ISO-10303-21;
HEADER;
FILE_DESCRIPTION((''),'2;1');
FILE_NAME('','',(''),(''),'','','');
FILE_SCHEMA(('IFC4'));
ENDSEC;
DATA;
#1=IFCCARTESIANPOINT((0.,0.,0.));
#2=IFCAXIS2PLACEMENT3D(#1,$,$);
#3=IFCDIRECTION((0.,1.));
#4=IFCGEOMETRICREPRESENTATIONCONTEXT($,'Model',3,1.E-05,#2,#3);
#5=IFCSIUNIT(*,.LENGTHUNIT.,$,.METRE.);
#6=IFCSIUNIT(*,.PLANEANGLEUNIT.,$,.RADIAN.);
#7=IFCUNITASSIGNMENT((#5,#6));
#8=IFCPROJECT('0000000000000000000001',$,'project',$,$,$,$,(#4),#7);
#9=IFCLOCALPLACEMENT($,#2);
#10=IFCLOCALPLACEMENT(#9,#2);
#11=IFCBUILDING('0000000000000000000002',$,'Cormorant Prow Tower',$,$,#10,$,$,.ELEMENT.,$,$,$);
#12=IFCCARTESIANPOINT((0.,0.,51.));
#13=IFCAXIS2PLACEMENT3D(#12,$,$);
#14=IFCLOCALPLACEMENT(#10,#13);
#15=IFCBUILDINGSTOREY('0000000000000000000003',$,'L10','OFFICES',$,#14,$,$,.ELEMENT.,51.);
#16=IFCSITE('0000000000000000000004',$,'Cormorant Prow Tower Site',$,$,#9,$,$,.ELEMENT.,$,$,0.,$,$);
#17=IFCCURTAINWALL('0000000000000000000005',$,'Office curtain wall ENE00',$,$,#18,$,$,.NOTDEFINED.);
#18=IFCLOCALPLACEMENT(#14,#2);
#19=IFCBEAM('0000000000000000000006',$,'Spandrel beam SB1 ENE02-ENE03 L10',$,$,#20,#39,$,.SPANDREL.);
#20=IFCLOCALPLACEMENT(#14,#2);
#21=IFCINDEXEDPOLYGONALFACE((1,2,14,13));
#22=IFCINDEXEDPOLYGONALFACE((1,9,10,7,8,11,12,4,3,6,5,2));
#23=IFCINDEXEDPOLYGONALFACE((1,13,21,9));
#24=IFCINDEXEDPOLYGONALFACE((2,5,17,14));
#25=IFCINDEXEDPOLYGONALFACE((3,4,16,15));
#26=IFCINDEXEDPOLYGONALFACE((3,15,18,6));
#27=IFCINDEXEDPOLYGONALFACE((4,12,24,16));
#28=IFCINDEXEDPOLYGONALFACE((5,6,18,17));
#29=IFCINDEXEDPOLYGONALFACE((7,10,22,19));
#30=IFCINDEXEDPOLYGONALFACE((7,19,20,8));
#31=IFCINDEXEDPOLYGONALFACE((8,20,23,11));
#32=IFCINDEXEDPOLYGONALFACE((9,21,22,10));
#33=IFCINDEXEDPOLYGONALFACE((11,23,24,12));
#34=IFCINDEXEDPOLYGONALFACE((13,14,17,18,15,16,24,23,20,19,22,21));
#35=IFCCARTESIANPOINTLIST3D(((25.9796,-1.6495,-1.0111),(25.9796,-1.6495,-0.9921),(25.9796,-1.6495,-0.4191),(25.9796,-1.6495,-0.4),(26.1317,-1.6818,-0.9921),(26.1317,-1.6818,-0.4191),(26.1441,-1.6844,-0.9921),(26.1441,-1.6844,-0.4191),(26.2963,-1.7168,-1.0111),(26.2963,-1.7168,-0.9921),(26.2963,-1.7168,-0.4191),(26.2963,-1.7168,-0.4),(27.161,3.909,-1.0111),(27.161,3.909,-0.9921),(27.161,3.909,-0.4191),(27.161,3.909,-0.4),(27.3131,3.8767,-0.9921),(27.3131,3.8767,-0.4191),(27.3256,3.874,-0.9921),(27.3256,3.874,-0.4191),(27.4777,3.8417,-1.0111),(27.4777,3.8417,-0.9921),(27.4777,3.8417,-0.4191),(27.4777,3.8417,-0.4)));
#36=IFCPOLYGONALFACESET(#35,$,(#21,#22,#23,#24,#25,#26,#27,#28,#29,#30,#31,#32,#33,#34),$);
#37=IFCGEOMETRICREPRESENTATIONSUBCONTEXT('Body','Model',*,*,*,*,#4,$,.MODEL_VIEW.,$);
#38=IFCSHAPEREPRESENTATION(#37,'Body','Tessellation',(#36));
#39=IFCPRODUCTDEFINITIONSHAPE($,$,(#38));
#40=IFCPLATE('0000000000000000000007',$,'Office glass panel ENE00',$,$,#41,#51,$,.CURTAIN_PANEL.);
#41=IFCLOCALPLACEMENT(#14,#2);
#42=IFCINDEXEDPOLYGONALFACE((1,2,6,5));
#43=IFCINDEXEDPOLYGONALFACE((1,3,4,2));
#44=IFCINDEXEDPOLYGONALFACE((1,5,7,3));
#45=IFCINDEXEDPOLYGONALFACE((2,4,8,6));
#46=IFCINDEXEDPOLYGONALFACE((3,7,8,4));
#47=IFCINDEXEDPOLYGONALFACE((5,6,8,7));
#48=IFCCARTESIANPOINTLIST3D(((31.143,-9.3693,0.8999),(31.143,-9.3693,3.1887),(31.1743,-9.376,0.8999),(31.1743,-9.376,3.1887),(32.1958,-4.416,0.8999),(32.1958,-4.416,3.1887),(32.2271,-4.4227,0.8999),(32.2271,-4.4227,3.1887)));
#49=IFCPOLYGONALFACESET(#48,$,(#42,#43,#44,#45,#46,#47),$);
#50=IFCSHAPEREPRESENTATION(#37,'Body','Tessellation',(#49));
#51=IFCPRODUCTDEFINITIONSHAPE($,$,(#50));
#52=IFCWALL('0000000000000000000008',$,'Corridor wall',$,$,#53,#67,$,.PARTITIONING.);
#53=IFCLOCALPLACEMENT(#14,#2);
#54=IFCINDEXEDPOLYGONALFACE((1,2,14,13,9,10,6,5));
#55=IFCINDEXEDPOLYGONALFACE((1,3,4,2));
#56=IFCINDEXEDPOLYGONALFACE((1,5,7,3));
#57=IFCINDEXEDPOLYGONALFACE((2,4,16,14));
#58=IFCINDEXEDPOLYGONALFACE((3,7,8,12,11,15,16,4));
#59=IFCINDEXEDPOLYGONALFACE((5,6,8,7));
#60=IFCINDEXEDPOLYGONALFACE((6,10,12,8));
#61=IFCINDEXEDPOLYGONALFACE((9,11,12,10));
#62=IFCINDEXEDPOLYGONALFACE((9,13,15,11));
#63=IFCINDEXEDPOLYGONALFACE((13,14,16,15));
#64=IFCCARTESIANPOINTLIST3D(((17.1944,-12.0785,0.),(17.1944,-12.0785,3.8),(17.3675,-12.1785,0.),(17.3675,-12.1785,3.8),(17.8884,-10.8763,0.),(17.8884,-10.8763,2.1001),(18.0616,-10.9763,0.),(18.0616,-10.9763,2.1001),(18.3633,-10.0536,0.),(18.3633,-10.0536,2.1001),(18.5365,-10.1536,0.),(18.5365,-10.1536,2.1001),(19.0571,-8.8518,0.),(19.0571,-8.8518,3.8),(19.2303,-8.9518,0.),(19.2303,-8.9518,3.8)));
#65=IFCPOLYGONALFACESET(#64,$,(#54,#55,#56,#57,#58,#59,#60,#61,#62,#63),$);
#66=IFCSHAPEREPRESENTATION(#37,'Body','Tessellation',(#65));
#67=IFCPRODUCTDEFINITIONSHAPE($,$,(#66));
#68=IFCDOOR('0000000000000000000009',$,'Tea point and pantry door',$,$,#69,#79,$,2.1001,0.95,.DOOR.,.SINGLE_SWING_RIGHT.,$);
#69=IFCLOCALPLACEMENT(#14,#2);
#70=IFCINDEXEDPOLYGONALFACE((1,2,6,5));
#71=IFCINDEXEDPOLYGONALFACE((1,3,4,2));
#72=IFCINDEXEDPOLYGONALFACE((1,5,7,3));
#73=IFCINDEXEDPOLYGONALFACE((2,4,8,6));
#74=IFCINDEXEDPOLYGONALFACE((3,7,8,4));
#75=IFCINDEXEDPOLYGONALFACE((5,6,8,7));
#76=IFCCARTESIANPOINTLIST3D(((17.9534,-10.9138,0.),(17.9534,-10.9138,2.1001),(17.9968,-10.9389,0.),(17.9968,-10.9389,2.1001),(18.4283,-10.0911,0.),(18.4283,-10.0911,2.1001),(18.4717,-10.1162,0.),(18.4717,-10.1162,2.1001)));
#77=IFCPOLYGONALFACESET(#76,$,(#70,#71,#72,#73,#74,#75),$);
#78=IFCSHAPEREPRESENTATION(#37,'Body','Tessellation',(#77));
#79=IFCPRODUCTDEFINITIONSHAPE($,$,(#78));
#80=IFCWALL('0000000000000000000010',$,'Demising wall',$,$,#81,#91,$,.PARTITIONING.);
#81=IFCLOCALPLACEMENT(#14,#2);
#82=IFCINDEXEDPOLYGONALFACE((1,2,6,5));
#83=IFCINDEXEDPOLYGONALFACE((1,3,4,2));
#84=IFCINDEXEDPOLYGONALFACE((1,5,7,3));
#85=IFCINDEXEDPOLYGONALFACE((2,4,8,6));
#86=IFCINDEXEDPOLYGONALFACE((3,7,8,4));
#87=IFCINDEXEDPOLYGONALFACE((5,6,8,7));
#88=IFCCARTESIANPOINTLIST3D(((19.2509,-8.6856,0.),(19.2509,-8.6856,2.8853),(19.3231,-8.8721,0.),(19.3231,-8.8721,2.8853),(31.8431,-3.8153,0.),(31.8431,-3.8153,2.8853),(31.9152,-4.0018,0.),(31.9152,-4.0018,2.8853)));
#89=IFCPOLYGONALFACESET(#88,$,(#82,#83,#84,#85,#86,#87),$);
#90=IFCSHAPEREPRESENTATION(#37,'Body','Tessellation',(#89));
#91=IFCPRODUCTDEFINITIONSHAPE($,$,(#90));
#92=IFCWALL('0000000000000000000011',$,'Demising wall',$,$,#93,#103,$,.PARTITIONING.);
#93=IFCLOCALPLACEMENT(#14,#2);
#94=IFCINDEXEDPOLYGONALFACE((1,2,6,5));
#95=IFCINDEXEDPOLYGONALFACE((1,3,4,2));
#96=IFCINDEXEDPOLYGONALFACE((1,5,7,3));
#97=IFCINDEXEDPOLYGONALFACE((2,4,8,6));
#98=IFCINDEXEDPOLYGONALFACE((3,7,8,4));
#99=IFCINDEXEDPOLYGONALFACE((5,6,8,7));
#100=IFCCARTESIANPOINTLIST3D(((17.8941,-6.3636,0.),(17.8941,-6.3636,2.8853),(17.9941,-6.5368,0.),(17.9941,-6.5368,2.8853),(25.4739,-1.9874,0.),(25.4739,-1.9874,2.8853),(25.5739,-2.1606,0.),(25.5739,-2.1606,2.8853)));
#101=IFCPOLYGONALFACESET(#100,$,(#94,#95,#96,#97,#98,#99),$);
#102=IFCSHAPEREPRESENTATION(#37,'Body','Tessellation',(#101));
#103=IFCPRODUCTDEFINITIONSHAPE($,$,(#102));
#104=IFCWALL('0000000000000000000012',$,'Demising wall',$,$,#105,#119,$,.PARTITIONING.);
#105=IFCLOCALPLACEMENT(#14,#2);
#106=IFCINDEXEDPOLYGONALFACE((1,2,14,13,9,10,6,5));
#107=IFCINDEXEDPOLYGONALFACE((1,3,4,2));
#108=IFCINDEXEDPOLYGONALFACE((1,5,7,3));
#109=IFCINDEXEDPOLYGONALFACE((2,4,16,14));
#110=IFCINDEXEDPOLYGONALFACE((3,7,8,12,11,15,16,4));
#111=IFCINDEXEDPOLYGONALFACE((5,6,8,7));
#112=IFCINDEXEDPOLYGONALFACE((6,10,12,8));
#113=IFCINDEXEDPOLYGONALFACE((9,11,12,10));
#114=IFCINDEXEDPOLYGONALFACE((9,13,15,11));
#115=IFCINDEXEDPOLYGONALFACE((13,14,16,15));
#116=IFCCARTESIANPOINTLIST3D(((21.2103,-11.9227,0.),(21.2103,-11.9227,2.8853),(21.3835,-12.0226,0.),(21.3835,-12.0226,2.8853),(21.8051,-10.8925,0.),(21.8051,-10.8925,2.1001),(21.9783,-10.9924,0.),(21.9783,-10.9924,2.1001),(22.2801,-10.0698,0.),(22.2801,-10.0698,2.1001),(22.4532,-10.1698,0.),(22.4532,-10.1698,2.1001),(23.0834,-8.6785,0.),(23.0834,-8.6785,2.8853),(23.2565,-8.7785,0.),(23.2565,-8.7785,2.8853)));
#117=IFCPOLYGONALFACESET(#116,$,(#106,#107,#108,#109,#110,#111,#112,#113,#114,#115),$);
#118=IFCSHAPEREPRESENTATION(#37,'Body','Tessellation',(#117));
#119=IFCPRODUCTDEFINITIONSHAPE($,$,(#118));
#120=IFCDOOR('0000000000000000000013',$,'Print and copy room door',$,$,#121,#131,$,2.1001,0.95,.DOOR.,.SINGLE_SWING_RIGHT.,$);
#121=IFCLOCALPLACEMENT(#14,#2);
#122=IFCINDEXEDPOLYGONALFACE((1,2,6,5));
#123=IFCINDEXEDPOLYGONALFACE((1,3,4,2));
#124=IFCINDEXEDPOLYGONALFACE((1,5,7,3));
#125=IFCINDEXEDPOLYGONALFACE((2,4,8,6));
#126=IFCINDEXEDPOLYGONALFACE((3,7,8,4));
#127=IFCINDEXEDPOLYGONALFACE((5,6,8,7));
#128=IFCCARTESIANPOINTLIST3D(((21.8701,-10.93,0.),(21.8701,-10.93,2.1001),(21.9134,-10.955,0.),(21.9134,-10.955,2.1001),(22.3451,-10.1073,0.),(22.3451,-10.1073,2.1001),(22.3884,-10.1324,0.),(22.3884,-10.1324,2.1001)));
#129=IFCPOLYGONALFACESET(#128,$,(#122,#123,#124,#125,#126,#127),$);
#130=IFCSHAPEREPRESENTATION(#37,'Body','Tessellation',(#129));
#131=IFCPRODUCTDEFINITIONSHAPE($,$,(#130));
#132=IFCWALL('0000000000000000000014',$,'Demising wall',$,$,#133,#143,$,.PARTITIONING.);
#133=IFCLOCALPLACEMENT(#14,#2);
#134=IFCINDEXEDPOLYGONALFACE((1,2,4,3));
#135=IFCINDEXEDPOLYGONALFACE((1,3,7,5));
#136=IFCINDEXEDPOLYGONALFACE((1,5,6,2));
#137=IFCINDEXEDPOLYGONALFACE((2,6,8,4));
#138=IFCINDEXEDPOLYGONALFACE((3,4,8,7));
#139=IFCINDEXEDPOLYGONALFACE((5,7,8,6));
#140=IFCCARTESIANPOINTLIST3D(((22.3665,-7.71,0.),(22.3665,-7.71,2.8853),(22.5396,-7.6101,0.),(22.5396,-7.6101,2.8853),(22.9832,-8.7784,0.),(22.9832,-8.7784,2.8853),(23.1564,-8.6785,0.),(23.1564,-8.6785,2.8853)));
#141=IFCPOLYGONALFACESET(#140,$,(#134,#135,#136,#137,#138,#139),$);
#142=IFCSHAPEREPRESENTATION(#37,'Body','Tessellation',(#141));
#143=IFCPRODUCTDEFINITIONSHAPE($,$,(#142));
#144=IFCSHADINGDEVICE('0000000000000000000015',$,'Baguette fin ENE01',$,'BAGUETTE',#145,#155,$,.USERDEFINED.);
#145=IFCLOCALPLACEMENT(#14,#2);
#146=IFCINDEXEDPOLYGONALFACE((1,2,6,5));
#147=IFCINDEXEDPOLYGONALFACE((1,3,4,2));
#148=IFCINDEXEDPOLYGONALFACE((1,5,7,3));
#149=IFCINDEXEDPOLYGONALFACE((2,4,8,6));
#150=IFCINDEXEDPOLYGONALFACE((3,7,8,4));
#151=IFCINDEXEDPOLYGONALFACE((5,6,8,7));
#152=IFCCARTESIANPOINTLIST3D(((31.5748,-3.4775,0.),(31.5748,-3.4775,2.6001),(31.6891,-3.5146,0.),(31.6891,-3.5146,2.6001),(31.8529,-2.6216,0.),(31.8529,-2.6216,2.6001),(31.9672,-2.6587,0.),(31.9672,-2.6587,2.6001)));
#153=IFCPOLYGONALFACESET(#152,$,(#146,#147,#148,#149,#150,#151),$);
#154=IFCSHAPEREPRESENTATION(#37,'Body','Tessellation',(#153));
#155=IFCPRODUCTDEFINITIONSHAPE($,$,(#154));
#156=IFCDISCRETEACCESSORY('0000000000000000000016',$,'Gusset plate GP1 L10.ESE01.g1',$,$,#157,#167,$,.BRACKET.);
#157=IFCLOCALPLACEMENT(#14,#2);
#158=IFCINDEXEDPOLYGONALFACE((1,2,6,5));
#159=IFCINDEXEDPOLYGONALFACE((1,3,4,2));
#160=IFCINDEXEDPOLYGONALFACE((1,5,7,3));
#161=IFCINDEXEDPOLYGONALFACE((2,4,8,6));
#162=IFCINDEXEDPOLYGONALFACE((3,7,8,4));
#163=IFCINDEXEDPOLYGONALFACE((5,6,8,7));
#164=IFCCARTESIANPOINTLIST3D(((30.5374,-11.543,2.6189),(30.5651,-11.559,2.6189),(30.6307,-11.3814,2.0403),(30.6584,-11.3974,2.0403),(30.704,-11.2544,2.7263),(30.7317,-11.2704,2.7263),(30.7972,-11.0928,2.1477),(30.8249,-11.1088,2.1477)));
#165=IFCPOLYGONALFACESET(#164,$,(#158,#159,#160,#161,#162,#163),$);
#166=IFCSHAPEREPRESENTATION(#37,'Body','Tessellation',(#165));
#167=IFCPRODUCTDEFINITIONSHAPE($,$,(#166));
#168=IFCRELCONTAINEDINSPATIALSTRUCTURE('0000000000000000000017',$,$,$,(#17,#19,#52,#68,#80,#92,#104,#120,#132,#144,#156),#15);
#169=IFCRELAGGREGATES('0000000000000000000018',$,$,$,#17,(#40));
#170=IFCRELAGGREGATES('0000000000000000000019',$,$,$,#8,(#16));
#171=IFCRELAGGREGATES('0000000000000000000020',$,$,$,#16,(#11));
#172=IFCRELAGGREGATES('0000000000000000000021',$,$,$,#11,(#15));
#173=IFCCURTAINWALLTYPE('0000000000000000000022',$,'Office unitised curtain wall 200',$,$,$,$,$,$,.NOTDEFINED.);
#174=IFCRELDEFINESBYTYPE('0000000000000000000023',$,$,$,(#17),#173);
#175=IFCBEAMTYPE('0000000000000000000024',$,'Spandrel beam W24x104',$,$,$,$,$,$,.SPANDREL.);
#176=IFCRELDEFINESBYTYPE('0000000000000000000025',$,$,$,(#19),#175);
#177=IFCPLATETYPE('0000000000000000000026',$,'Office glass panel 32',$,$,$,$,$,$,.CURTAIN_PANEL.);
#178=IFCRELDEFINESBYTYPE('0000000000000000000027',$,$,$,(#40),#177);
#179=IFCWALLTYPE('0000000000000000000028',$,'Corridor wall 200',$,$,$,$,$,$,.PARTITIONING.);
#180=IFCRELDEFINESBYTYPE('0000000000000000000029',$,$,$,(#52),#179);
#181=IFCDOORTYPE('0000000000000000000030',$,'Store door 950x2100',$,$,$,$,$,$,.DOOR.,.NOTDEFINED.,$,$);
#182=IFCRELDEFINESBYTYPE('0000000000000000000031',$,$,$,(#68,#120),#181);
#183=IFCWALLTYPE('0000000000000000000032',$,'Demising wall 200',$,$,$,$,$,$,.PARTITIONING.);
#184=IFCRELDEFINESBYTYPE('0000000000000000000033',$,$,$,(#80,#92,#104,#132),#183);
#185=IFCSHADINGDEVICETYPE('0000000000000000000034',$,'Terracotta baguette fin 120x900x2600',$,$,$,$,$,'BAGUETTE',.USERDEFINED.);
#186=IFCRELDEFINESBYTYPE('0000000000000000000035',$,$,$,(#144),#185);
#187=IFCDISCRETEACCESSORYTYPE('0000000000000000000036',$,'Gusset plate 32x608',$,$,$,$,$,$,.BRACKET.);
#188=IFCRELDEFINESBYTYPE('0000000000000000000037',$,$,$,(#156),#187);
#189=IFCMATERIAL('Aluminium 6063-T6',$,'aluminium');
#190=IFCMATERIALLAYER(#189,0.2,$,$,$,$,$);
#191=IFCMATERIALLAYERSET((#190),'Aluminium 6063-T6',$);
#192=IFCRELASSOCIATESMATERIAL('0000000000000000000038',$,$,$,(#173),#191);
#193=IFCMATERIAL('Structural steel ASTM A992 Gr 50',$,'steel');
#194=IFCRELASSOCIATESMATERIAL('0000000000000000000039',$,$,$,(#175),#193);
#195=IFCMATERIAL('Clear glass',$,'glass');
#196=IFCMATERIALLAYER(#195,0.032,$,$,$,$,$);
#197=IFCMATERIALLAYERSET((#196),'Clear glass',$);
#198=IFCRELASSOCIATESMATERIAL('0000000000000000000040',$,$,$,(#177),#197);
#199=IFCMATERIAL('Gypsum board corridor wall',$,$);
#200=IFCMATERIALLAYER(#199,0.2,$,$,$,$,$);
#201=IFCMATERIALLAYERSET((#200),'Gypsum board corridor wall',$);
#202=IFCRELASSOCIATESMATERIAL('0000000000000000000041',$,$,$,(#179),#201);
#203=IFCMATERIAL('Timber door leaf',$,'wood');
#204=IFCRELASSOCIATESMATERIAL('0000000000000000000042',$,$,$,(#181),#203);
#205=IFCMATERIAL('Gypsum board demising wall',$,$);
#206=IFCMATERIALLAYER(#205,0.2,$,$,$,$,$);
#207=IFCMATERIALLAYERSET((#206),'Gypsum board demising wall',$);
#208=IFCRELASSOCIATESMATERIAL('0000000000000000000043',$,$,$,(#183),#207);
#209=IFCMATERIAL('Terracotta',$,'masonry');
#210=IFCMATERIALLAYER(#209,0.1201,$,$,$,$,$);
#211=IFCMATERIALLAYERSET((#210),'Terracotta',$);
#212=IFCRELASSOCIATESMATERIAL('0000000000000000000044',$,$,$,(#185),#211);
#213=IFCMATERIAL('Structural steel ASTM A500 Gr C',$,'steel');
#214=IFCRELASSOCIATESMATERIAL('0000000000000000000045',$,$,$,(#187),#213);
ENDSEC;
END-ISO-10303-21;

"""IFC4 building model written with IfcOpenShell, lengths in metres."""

from ifc_helpers import new_model, si_unit, direction, frame, frame_2d, origin, origin_2d, place, context, subcontext, project, spatial, rectangle, i_section, extrude, material, layer, layer_set, material_profile, profile_set, type_object, element, fill, aggregate, save


model = new_model("IFC4")

# Units and contexts
model_context = context("Model", 3, precision=1e-05, world=origin(), true_north=direction((0.0, 1.0)))
body_context = subcontext(model_context, "Body", "Model", "MODEL_VIEW")
ifc_project = project(units=[si_unit("LENGTHUNIT", "METRE"), si_unit("PLANEANGLEUNIT", "RADIAN")], contexts=[model_context])

# Site, building, storey
site_placement = place(None, origin())
site = spatial("IfcSite", under=ifc_project, at=site_placement, Name="Cormorant Prow Tower Site", CompositionType="ELEMENT", RefElevation=0.0)
building_placement = place(site_placement, origin())
building = spatial("IfcBuilding", under=site, at=building_placement, Name="Cormorant Prow Tower", CompositionType="ELEMENT")
storey_placement = place(building_placement, frame((0.0, 0.0, 51.0)))
storey = spatial("IfcBuildingStorey", under=building, at=storey_placement, Name="L10", Description="OFFICES", CompositionType="ELEMENT", Elevation=51.0)

# Curtain wall
ifc_material_1 = material(Name="Aluminium 6063-T6", Category="aluminium")
ifc_layer_1 = layer(ifc_material_1, 0.2)
ifc_layer_set_1 = layer_set([ifc_layer_1], Name="Aluminium 6063-T6")
curtain_wall_type = type_object("IfcCurtainWallType", Name="Office unitised curtain wall 200", PredefinedType="NOTDEFINED", material=ifc_layer_set_1)
curtain_wall_1_placement = place(storey_placement, origin())
curtain_wall_1 = element("IfcCurtainWall", 1, at=curtain_wall_1_placement, inside=storey, type_object=curtain_wall_type, Name="Office curtain wall ENE00", PredefinedType="NOTDEFINED")

# Beam
ifc_material_2 = material(Name="Structural steel ASTM A992 Gr 50", Category="steel")
ifc_material_profile_1 = material_profile(ifc_material_2, i_section(OverallWidth=0.3237, OverallDepth=0.6111, WebThickness=0.0127, FlangeThickness=0.019, at=origin_2d()), Name="W24x104")
ifc_profile_set_1 = profile_set([ifc_material_profile_1], Name="Structural steel ASTM A992 Gr 50")
beam_type = type_object("IfcBeamType", Name="Spandrel beam W24x104", PredefinedType="SPANDREL", material=ifc_profile_set_1)
beam_1_placement = place(storey_placement, frame((26.1379, -1.6831, -0.7056), z_axis=(0.2079, 0.97815, 0.0), x_axis=(-0.97815, 0.2079, 0.0)))
element("IfcBeam", 2, at=beam_1_placement, inside=storey, type_object=beam_type, Name="Spandrel beam SB1 ENE02-ENE03 L10", PredefinedType="SPANDREL", context=body_context, shape_type="SweptSolid", body=[
    extrude(i_section(OverallWidth=0.3237, OverallDepth=0.6111, WebThickness=0.0127, FlangeThickness=0.019, at=origin_2d()), origin(), (0.0, 0.0, 1.0), 5.6826),
])

# Plate
ifc_material_3 = material(Name="Clear glass", Category="glass")
ifc_layer_2 = layer(ifc_material_3, 0.032)
ifc_layer_set_2 = layer_set([ifc_layer_2], Name="Clear glass")
plate_type = type_object("IfcPlateType", Name="Office glass panel 32", PredefinedType="CURTAIN_PANEL", material=ifc_layer_set_2)
plate_placement = place(storey_placement, frame((31.6851, -6.896, 0.8999), z_axis=(0.0, 0.0, 1.0), x_axis=(0.207912, 0.978148, 0.0)))
plate = element("IfcPlate", 3, at=plate_placement, type_object=plate_type, Name="Office glass panel ENE00", PredefinedType="CURTAIN_PANEL", context=body_context, shape_type="SweptSolid", body=[
    extrude(rectangle(XDim=5.064, YDim=0.032, at=origin_2d()), origin(), (0.0, 0.0, 1.0), 2.2888),
])
aggregate(curtain_wall_1, [plate])

# Wall, opening, door
ifc_material_4 = material(Name="Gypsum board corridor wall")
ifc_layer_3 = layer(ifc_material_4, 0.2)
ifc_layer_set_3 = layer_set([ifc_layer_3], Name="Gypsum board corridor wall")
wall_type_1 = type_object("IfcWallType", Name="Corridor wall 200", PredefinedType="PARTITIONING", material=ifc_layer_set_3)
wall_1_placement = place(storey_placement, frame((17.281, -12.1284, 0.0), z_axis=(0.0, 0.0, 1.0), x_axis=(0.499959, 0.866049, 0.0)))
wall_1 = element("IfcWall", 4, at=wall_1_placement, inside=storey, type_object=wall_type_1, Name="Corridor wall", PredefinedType="PARTITIONING", context=body_context, shape_type="SweptSolid", body=[
    extrude(rectangle(XDim=3.7258, YDim=0.2, at=frame_2d((1.8628, 0.0))), origin(), (0.0, 0.0, 1.0), 3.8),
])
opening_1_placement = place(wall_1_placement, frame((1.3879, 0.0, 0.0)))
opening_1 = element("IfcOpeningElement", 5, at=opening_1_placement, cuts=wall_1, PredefinedType="OPENING", context=body_context, shape_type="SweptSolid", body=[
    extrude(rectangle(XDim=0.95, YDim=2.1001, at=frame_2d((0.4751, 1.05))), frame((0.0, 0.1099, 0.0), z_axis=(0.0, -1.0, 0.0), x_axis=(1.0, 0.0, 0.0)), (0.0, 0.0, 1.0), 0.22),
])
ifc_material_5 = material(Name="Timber door leaf", Category="wood")
door_type_1 = type_object("IfcDoorType", Name="Store door 950x2100", OperationType="NOTDEFINED", PredefinedType="DOOR", material=ifc_material_5)
door_1_placement = place(opening_1_placement, origin())
door_1 = element("IfcDoor", 6, at=door_1_placement, inside=storey, type_object=door_type_1, Name="Tea point and pantry door", OperationType="SINGLE_SWING_RIGHT", OverallHeight=2.1001, OverallWidth=0.95, PredefinedType="DOOR", context=body_context, shape_type="SweptSolid", body=[
    extrude(rectangle(XDim=0.95, YDim=2.1001, at=frame_2d((0.4751, 1.05))), frame((0.0, 0.0249, 0.0), z_axis=(0.0, -1.0, 0.0), x_axis=(1.0, 0.0, 0.0)), (0.0, 0.0, 1.0), 0.05),
])
fill(opening_1, door_1)

# Walls
ifc_material_6 = material(Name="Gypsum board demising wall")
ifc_layer_4 = layer(ifc_material_6, 0.2)
ifc_layer_set_4 = layer_set([ifc_layer_4], Name="Gypsum board demising wall")
wall_type_2 = type_object("IfcWallType", Name="Demising wall 200", PredefinedType="PARTITIONING", material=ifc_layer_set_4)
wall_2_placement = place(storey_placement, frame((19.2871, -8.7788, 0.0), z_axis=(0.0, 0.0, 1.0), x_axis=(0.93267, 0.360732, 0.0)))
element("IfcWall", 7, at=wall_2_placement, inside=storey, type_object=wall_type_2, Name="Demising wall", PredefinedType="PARTITIONING", context=body_context, shape_type="SweptSolid", body=[
    extrude(rectangle(XDim=13.5012, YDim=0.2, at=frame_2d((6.7505, 0.0))), origin(), (0.0, 0.0, 1.0), 2.8853),
])
wall_3_placement = place(storey_placement, frame((17.9441, -6.4502, 0.0), z_axis=(0.0, 0.0, 1.0), x_axis=(0.866025, 0.5, 0.0)))
element("IfcWall", 8, at=wall_3_placement, inside=storey, type_object=wall_type_2, Name="Demising wall", PredefinedType="PARTITIONING", context=body_context, shape_type="SweptSolid", body=[
    extrude(rectangle(XDim=8.7524, YDim=0.2, at=frame_2d((4.3762, 0.0))), origin(), (0.0, 0.0, 1.0), 2.8853),
])

# Wall, opening, door
wall_4_placement = place(storey_placement, frame((21.2969, -11.9727, 0.0), z_axis=(0.0, 0.0, 1.0), x_axis=(0.500008, 0.866021, 0.0)))
wall_4 = element("IfcWall", 9, at=wall_4_placement, inside=storey, type_object=wall_type_2, Name="Demising wall", PredefinedType="PARTITIONING", context=body_context, shape_type="SweptSolid", body=[
    extrude(rectangle(XDim=3.7461, YDim=0.2, at=frame_2d((1.873, 0.0))), origin(), (0.0, 0.0, 1.0), 2.8853),
])
opening_2_placement = place(wall_4_placement, frame((1.1895, 0.0, 0.0)))
opening_2 = element("IfcOpeningElement", 10, at=opening_2_placement, cuts=wall_4, PredefinedType="OPENING", context=body_context, shape_type="SweptSolid", body=[
    extrude(rectangle(XDim=0.95, YDim=2.1001, at=frame_2d((0.4751, 1.05))), frame((0.0, 0.1099, 0.0), z_axis=(0.0, -1.0, 0.0), x_axis=(1.0, 0.0, 0.0)), (0.0, 0.0, 1.0), 0.22),
])
door_2_placement = place(opening_2_placement, origin())
door_2 = element("IfcDoor", 11, at=door_2_placement, inside=storey, type_object=door_type_1, Name="Print and copy room door", OperationType="SINGLE_SWING_RIGHT", OverallHeight=2.1001, OverallWidth=0.95, PredefinedType="DOOR", context=body_context, shape_type="SweptSolid", body=[
    extrude(rectangle(XDim=0.95, YDim=2.1001, at=frame_2d((0.4751, 1.05))), frame((0.0, 0.0249, 0.0), z_axis=(0.0, -1.0, 0.0), x_axis=(1.0, 0.0, 0.0)), (0.0, 0.0, 1.0), 0.05),
])
fill(opening_2, door_2)

# Wall
wall_5_placement = place(storey_placement, frame((22.4531, -7.6602, 0.0), z_axis=(0.0, 0.0, 1.0), x_axis=(0.499928, -0.866067, 0.0)))
element("IfcWall", 12, at=wall_5_placement, inside=storey, type_object=wall_type_2, Name="Demising wall", PredefinedType="PARTITIONING", context=body_context, shape_type="SweptSolid", body=[
    extrude(rectangle(XDim=1.2336, YDim=0.2, at=frame_2d((0.6167, 0.0))), origin(), (0.0, 0.0, 1.0), 2.8853),
])

# Shading device
ifc_material_7 = material(Name="Terracotta", Category="masonry")
ifc_layer_5 = layer(ifc_material_7, 0.1201)
ifc_layer_set_5 = layer_set([ifc_layer_5], Name="Terracotta")
shading_device_type = type_object("IfcShadingDeviceType", Name="Terracotta baguette fin 120x900x2600", ElementType="BAGUETTE", PredefinedType="USERDEFINED", material=ifc_layer_set_5)
shading_device_placement = place(storey_placement, frame((31.771, -3.0681, 0.0), z_axis=(0.0, 0.0, 1.0), x_axis=(-0.951057, 0.309017, 0.0)))
element("IfcShadingDevice", 13, at=shading_device_placement, inside=storey, type_object=shading_device_type, Name="Baguette fin ENE01", ObjectType="BAGUETTE", PredefinedType="USERDEFINED", context=body_context, shape_type="SweptSolid", body=[
    extrude(rectangle(XDim=0.1201, YDim=0.8999, at=origin_2d()), origin(), (0.0, 0.0, 1.0), 2.6001),
])

# Discrete accessory
ifc_material_8 = material(Name="Structural steel ASTM A500 Gr C", Category="steel")
ifc_material_profile_2 = material_profile(ifc_material_8, rectangle(XDim=0.032, YDim=0.6079, at=origin_2d()), Name="Gusset plate 32x608")
ifc_profile_set_2 = profile_set([ifc_material_profile_2], Name="Structural steel ASTM A500 Gr C")
discrete_accessory_type = type_object("IfcDiscreteAccessoryType", Name="Gusset plate 32x608", PredefinedType="BRACKET", material=ifc_profile_set_2)
discrete_accessory_placement = place(storey_placement, frame((30.5979, -11.4702, 2.3296), z_axis=(0.475652, 0.82437, 0.306872), x_axis=(-0.866161, 0.499765, 0.0)))
element("IfcDiscreteAccessory", 14, at=discrete_accessory_placement, inside=storey, type_object=discrete_accessory_type, Name="Gusset plate GP1 L10.ESE01.g1", PredefinedType="BRACKET", context=body_context, shape_type="SweptSolid", body=[
    extrude(rectangle(XDim=0.032, YDim=0.6079, at=origin_2d()), origin(), (0.0, 0.0, 1.0), 0.3501),
])

save(model, "model.ifc")
